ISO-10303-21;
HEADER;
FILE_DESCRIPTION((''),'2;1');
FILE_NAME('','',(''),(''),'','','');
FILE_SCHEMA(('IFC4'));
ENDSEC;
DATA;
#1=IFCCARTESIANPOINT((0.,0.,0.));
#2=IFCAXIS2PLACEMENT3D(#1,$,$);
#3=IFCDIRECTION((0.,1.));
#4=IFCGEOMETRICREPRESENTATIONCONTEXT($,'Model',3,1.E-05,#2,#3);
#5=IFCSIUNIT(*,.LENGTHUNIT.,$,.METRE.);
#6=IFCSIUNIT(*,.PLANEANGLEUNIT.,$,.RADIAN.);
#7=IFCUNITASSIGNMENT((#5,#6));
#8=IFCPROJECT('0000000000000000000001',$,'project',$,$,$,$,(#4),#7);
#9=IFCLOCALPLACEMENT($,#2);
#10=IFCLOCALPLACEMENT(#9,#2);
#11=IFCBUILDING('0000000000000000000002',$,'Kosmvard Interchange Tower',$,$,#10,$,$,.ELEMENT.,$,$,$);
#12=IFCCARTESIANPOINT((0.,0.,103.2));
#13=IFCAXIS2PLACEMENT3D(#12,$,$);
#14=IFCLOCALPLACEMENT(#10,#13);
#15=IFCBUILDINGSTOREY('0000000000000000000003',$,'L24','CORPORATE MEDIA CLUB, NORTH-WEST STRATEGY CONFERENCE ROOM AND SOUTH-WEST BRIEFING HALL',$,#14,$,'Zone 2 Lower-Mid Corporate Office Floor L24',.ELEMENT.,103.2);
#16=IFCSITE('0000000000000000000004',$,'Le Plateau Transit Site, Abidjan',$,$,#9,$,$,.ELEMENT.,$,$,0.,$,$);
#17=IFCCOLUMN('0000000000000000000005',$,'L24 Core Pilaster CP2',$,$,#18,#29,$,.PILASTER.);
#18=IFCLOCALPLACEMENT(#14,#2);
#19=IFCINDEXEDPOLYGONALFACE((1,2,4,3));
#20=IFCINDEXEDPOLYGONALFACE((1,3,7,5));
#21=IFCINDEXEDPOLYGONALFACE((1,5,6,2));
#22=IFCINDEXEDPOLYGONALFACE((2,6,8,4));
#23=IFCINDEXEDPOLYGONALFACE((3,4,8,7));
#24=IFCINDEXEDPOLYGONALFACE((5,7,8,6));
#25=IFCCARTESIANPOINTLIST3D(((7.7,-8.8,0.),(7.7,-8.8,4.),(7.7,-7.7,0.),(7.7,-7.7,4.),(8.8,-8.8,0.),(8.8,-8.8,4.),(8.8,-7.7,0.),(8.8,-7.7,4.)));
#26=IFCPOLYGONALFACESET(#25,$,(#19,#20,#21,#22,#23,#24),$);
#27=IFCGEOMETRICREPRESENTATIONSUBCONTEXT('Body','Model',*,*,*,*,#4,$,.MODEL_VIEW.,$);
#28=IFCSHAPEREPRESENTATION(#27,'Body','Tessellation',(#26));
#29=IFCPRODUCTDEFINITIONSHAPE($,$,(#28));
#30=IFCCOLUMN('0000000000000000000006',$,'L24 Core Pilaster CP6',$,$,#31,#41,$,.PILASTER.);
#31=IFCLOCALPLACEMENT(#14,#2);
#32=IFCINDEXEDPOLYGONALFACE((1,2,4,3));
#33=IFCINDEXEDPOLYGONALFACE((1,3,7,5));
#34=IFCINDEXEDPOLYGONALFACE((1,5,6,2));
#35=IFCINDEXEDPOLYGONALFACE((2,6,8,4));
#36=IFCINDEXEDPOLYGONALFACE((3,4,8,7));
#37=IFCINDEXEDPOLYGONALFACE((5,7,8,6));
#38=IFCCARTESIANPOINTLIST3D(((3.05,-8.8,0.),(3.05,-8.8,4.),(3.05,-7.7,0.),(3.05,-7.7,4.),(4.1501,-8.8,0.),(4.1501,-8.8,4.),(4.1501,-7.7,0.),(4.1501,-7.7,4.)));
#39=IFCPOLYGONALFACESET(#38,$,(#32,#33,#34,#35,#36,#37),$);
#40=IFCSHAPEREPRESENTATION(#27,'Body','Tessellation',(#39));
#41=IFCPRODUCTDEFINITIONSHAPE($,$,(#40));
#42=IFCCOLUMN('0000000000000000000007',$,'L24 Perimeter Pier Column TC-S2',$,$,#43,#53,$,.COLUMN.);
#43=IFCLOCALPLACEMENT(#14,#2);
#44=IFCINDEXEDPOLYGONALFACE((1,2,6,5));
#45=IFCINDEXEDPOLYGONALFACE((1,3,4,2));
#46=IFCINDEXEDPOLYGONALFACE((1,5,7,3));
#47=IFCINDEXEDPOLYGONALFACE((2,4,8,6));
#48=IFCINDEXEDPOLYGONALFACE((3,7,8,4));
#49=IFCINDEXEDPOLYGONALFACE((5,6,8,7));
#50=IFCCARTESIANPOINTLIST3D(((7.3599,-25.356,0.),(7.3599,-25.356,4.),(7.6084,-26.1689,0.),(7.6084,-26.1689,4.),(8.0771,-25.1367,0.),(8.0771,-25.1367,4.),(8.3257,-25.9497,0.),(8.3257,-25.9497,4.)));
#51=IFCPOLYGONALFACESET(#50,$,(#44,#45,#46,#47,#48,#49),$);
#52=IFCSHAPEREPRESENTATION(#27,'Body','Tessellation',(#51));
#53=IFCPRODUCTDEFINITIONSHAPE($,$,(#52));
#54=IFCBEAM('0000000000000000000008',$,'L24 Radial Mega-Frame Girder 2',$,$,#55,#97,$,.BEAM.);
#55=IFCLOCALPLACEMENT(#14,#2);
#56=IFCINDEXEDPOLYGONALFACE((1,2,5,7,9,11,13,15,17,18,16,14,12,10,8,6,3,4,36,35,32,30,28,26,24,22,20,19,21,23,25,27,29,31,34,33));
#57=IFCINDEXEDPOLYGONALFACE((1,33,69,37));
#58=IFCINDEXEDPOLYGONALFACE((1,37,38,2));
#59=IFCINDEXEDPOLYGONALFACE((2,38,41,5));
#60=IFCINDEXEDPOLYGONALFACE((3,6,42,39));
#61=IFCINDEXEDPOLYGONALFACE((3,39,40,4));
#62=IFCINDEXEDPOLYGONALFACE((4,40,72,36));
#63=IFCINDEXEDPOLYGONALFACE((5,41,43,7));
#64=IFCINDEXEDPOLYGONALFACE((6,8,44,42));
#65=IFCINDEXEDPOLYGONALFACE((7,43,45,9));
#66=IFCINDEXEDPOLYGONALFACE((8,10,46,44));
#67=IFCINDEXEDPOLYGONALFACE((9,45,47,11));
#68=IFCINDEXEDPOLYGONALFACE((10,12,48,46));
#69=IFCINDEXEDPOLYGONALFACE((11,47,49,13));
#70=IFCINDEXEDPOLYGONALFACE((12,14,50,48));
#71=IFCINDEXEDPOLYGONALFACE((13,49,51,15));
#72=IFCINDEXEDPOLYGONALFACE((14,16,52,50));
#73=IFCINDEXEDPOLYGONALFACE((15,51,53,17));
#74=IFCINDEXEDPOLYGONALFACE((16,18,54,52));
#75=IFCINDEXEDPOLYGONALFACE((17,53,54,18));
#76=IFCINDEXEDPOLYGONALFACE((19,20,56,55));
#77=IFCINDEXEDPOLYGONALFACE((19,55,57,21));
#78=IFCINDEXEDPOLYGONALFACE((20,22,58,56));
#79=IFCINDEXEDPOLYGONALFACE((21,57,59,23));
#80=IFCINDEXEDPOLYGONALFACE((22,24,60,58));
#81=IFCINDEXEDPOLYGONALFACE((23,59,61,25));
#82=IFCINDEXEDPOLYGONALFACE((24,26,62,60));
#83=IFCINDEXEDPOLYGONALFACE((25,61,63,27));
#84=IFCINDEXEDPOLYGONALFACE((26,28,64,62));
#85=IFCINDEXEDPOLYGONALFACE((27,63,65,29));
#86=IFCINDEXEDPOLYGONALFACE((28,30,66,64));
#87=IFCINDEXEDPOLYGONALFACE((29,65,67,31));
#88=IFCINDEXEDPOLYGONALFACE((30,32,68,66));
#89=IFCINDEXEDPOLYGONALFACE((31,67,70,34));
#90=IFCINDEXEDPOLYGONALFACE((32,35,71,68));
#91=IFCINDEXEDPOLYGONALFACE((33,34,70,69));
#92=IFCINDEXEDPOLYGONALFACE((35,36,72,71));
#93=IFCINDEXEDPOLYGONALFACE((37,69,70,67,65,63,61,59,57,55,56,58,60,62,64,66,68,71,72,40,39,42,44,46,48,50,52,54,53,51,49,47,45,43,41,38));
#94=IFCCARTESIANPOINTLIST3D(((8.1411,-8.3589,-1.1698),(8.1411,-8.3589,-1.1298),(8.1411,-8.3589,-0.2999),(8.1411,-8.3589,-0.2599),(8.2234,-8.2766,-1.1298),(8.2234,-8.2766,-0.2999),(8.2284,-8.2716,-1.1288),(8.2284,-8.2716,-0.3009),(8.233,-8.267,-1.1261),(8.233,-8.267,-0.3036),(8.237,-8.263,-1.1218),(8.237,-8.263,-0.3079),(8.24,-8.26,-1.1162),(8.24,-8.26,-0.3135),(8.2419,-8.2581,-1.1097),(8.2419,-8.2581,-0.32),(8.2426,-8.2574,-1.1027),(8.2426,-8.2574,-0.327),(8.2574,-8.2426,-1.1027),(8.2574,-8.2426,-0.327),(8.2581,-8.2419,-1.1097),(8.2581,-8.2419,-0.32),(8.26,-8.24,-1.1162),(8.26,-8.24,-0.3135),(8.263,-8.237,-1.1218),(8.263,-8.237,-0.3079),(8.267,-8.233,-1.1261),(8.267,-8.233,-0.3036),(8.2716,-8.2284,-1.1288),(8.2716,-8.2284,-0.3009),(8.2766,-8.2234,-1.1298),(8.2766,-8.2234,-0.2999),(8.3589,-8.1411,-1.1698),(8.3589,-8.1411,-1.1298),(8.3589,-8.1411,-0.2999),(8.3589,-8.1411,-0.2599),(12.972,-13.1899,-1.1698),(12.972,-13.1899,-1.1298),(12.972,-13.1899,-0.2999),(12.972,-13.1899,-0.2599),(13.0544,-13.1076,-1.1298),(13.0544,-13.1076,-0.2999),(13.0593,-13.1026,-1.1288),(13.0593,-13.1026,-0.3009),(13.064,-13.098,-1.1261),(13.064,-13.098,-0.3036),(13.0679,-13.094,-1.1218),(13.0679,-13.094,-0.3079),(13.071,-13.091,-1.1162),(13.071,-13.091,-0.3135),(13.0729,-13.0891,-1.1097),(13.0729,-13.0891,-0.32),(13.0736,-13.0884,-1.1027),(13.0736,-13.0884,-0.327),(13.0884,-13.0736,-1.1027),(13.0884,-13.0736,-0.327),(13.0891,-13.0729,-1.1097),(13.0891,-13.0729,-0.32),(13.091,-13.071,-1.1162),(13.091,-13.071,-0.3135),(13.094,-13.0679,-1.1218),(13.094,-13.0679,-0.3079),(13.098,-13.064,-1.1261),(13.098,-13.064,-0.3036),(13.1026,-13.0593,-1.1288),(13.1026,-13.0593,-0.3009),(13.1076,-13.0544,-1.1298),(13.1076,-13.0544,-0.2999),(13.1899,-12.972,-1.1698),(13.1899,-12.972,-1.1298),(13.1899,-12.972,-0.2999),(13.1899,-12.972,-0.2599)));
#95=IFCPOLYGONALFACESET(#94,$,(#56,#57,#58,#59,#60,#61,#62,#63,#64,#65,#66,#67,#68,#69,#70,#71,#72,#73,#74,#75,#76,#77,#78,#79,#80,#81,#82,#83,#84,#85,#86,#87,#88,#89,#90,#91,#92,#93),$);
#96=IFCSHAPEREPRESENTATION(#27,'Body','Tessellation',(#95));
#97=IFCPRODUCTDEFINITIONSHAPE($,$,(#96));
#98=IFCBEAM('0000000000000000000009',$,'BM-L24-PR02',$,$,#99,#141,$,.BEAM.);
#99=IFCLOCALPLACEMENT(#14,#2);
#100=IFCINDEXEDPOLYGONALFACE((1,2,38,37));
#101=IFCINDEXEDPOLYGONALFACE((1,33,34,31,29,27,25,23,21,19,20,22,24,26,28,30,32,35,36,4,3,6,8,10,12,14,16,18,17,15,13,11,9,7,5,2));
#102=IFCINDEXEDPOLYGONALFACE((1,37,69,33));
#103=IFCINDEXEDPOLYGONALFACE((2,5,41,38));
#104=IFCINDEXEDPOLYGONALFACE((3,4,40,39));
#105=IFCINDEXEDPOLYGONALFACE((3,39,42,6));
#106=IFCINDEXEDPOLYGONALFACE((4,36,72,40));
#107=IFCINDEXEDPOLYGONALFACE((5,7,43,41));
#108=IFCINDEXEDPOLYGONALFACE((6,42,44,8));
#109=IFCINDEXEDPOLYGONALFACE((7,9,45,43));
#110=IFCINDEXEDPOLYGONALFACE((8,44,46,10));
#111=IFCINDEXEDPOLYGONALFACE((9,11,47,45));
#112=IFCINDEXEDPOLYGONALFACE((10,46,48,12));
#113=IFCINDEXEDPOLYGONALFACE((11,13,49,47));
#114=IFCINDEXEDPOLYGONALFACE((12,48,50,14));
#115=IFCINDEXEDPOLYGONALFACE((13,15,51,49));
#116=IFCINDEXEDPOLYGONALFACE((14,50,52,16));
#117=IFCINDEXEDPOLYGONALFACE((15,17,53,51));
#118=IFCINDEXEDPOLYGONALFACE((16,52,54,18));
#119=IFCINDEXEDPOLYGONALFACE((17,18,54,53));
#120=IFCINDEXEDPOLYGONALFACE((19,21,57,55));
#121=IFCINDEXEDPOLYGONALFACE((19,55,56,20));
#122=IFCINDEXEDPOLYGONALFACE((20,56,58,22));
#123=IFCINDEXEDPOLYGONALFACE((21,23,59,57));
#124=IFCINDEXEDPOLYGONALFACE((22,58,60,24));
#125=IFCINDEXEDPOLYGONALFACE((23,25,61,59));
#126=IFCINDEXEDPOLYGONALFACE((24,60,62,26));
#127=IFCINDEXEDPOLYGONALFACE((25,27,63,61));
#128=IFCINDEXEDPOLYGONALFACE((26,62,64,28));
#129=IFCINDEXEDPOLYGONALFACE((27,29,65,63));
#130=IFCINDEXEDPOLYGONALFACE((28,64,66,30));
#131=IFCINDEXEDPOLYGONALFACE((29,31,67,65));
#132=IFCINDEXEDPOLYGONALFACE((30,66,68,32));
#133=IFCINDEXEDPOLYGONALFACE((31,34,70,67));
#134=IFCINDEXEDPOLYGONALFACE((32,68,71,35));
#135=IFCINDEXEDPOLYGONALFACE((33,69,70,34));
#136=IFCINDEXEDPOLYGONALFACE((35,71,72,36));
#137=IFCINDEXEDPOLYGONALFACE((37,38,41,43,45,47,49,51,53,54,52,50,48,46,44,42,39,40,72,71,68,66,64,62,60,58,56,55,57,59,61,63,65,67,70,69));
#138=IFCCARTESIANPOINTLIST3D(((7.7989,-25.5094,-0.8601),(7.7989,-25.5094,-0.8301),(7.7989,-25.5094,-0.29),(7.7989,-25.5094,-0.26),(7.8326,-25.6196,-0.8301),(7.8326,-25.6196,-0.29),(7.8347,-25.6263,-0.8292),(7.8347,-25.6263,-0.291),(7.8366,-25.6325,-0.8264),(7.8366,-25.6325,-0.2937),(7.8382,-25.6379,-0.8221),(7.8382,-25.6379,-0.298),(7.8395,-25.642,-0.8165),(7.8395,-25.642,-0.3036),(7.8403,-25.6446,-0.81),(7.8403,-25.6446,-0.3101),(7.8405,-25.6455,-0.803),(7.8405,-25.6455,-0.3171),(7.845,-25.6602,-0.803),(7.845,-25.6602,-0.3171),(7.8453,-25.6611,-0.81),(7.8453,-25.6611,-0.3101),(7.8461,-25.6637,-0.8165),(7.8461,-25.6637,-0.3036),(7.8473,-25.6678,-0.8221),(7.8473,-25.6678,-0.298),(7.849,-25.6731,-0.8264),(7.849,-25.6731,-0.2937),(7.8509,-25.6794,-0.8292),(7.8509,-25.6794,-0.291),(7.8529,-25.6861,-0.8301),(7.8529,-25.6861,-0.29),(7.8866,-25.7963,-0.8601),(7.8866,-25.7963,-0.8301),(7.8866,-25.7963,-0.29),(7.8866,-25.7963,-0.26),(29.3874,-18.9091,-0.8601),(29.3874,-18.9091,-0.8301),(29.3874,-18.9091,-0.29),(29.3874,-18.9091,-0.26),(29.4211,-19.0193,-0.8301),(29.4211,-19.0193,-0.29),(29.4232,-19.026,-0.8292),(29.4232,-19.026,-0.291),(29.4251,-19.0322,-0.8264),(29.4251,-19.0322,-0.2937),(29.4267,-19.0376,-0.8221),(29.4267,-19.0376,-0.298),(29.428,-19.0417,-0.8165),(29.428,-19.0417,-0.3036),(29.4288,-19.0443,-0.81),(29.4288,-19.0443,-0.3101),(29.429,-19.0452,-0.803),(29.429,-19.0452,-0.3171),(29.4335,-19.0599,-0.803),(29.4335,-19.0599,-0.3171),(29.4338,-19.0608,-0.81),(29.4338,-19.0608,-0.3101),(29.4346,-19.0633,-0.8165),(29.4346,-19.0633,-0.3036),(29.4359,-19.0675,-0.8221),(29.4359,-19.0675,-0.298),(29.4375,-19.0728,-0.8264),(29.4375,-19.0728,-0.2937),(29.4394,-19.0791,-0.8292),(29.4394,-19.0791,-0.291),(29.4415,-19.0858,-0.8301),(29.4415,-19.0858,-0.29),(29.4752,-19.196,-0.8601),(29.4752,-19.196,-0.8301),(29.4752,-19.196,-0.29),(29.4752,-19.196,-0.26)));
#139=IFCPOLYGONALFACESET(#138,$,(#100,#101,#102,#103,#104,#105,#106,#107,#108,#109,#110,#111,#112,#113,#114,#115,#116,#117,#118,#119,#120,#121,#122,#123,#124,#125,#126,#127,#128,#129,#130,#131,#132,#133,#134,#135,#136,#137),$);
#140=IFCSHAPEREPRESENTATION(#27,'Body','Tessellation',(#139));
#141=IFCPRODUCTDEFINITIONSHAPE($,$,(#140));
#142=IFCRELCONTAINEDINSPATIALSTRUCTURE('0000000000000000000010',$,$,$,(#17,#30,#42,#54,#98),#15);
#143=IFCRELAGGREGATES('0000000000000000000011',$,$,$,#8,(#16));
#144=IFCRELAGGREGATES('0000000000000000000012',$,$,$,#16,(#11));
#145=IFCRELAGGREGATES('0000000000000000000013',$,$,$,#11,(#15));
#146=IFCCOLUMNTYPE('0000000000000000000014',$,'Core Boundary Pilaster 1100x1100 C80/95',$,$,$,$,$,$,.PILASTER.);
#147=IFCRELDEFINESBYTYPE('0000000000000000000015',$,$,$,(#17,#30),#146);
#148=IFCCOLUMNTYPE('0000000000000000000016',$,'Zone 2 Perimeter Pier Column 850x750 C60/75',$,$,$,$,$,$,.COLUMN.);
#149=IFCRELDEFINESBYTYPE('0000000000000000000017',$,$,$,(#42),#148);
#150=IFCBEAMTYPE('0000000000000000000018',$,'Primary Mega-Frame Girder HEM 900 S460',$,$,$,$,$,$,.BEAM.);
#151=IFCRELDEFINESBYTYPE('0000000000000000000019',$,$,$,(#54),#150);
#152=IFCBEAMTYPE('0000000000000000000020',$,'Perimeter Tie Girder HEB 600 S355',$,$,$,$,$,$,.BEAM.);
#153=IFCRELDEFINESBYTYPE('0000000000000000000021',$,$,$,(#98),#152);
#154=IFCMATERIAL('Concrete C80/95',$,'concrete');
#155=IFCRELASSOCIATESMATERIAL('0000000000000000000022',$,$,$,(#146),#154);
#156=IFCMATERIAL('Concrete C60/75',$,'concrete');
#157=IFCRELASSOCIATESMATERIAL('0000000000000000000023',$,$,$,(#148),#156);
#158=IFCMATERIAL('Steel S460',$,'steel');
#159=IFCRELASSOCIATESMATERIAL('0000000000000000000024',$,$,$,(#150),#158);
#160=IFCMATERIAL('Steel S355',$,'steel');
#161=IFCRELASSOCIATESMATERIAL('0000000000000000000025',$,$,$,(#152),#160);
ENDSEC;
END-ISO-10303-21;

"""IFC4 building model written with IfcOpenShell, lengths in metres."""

from ifc_helpers import new_model, si_unit, direction, frame, origin, origin_2d, place, context, subcontext, project, spatial, rectangle, i_section, extrude, source, transform, mapped, material, material_profile, profile_set, type_object, element, save


model = new_model("IFC4")

# Units and contexts
model_context = context("Model", 3, precision=1e-05, world=origin(), true_north=direction((0.0, 1.0)))
body_context = subcontext(model_context, "Body", "Model", "MODEL_VIEW")
ifc_project = project(units=[si_unit("LENGTHUNIT", "METRE"), si_unit("PLANEANGLEUNIT", "RADIAN")], contexts=[model_context])

# Site, building, storey
site_placement = place(None, origin())
site = spatial("IfcSite", under=ifc_project, at=site_placement, Name="Le Plateau Transit Site, Abidjan", CompositionType="ELEMENT", RefElevation=0.0)
building_placement = place(site_placement, origin())
building = spatial("IfcBuilding", under=site, at=building_placement, Name="Kosmvard Interchange Tower", CompositionType="ELEMENT")
storey_placement = place(building_placement, frame((0.0, 0.0, 103.2)))
storey = spatial("IfcBuildingStorey", under=building, at=storey_placement, Name="L24", Description="CORPORATE MEDIA CLUB, NORTH-WEST STRATEGY CONFERENCE ROOM AND SOUTH-WEST BRIEFING HALL", LongName="Zone 2 Lower-Mid Corporate Office Floor L24", CompositionType="ELEMENT", Elevation=103.2)

# Columns
ifc_material_1 = material(Name="Concrete C80/95", Category="concrete")
ifc_material_profile_1 = material_profile(ifc_material_1, rectangle(XDim=1.1001, YDim=1.1001, at=origin_2d()), Name="CP 1100x1100")
ifc_profile_set_1 = profile_set([ifc_material_profile_1], Name="Concrete C80/95")
column_type_1 = type_object("IfcColumnType", Name="Core Boundary Pilaster 1100x1100 C80/95", PredefinedType="PILASTER", material=ifc_profile_set_1)
shared_shape_1 = source(origin(), body_context, "Body", "SweptSolid", [
    extrude(rectangle(XDim=1.1001, YDim=1.1001, at=origin_2d()), origin(), (0.0, 0.0, 1.0), 4.0),
])
for number, where, z_axis, x_axis, name in (
    (1, (8.25, -8.25, 0.0), (0.0, 0.0, 1.0), (1.0, 0.0, 0.0), "L24 Core Pilaster CP2"),
    (2, (3.6001, -8.25, 0.0), (0.0, 0.0, 1.0), (1.0, 0.0, 0.0), "L24 Core Pilaster CP6"),
):
    element("IfcColumn", number, at=place(storey_placement, frame(where, z_axis=z_axis, x_axis=x_axis)), inside=storey, type_object=column_type_1, Name=name, PredefinedType="PILASTER", context=body_context, shape_type="MappedRepresentation", body=[
        mapped(shared_shape_1, transform((0.0, 0.0, 0.0), scale=1.0)),
    ])
ifc_material_2 = material(Name="Concrete C60/75", Category="concrete")
ifc_material_profile_2 = material_profile(ifc_material_2, rectangle(XDim=0.75, YDim=0.8501, at=origin_2d()), Name="TC 850x750")
ifc_profile_set_2 = profile_set([ifc_material_profile_2], Name="Concrete C60/75")
column_type_2 = type_object("IfcColumnType", Name="Zone 2 Perimeter Pier Column 850x750 C60/75", PredefinedType="COLUMN", material=ifc_profile_set_2)
shared_shape_2 = source(origin(), body_context, "Body", "SweptSolid", [
    extrude(rectangle(XDim=0.75, YDim=0.8501, at=origin_2d()), origin(), (0.0, 0.0, 1.0), 4.0),
])
column_placement = place(storey_placement, frame((7.8428, -25.6528, 0.0), z_axis=(0.0, 0.0, 1.0), x_axis=(0.956305, 0.292372, 0.0)))
element("IfcColumn", 3, at=column_placement, inside=storey, type_object=column_type_2, Name="L24 Perimeter Pier Column TC-S2", PredefinedType="COLUMN", context=body_context, shape_type="MappedRepresentation", body=[
    mapped(shared_shape_2, transform((0.0, 0.0, 0.0), scale=1.0)),
])

# Beams
ifc_material_3 = material(Name="Steel S460", Category="steel")
ifc_material_profile_3 = material_profile(ifc_material_3, i_section(OverallWidth=0.3081, OverallDepth=0.9099, WebThickness=0.021, FlangeThickness=0.04, FilletRadius=0.0271, at=origin_2d()), Name="HEM 900")
ifc_profile_set_3 = profile_set([ifc_material_profile_3], Name="Steel S460")
beam_type_1 = type_object("IfcBeamType", Name="Primary Mega-Frame Girder HEM 900 S460", PredefinedType="BEAM", material=ifc_profile_set_3)
shared_shape_3 = source(origin(), body_context, "Body", "SweptSolid", [
    extrude(i_section(OverallWidth=0.3081, OverallDepth=0.9099, WebThickness=0.021, FlangeThickness=0.04, FilletRadius=0.0271, at=origin_2d()), origin(), (0.0, 0.0, 1.0), 6.832),
])
beam_1_placement = place(storey_placement, frame((8.25, -8.25, -0.7148), z_axis=(0.707107, -0.707107, 0.0), x_axis=(0.707107, 0.707107, 0.0)))
element("IfcBeam", 4, at=beam_1_placement, inside=storey, type_object=beam_type_1, Name="L24 Radial Mega-Frame Girder 2", PredefinedType="BEAM", context=body_context, shape_type="MappedRepresentation", body=[
    mapped(shared_shape_3, transform((0.0, 0.0, 0.0), scale=1.0)),
])
ifc_material_4 = material(Name="Steel S355", Category="steel")
ifc_material_profile_4 = material_profile(ifc_material_4, i_section(OverallWidth=0.3, OverallDepth=0.6001, WebThickness=0.0154, FlangeThickness=0.03, FilletRadius=0.0271, at=origin_2d()), Name="HEB 600")
ifc_profile_set_4 = profile_set([ifc_material_profile_4], Name="Steel S355")
beam_type_2 = type_object("IfcBeamType", Name="Perimeter Tie Girder HEB 600 S355", PredefinedType="BEAM", material=ifc_profile_set_4)
shared_shape_4 = source(origin(), body_context, "Body", "SweptSolid", [
    extrude(i_section(OverallWidth=0.3, OverallDepth=0.6001, WebThickness=0.0154, FlangeThickness=0.03, FilletRadius=0.0271, at=origin_2d()), origin(), (0.0, 0.0, 1.0), 22.575),
])
beam_2_placement = place(storey_placement, frame((7.8428, -25.6528, -0.5601), z_axis=(0.956304, 0.292373, 0.0), x_axis=(-0.292373, 0.956304, 0.0)))
element("IfcBeam", 5, at=beam_2_placement, inside=storey, type_object=beam_type_2, Name="BM-L24-PR02", PredefinedType="BEAM", context=body_context, shape_type="MappedRepresentation", body=[
    mapped(shared_shape_4, transform((0.0, 0.0, 0.0), scale=1.0)),
])

save(model, "model.ifc")
